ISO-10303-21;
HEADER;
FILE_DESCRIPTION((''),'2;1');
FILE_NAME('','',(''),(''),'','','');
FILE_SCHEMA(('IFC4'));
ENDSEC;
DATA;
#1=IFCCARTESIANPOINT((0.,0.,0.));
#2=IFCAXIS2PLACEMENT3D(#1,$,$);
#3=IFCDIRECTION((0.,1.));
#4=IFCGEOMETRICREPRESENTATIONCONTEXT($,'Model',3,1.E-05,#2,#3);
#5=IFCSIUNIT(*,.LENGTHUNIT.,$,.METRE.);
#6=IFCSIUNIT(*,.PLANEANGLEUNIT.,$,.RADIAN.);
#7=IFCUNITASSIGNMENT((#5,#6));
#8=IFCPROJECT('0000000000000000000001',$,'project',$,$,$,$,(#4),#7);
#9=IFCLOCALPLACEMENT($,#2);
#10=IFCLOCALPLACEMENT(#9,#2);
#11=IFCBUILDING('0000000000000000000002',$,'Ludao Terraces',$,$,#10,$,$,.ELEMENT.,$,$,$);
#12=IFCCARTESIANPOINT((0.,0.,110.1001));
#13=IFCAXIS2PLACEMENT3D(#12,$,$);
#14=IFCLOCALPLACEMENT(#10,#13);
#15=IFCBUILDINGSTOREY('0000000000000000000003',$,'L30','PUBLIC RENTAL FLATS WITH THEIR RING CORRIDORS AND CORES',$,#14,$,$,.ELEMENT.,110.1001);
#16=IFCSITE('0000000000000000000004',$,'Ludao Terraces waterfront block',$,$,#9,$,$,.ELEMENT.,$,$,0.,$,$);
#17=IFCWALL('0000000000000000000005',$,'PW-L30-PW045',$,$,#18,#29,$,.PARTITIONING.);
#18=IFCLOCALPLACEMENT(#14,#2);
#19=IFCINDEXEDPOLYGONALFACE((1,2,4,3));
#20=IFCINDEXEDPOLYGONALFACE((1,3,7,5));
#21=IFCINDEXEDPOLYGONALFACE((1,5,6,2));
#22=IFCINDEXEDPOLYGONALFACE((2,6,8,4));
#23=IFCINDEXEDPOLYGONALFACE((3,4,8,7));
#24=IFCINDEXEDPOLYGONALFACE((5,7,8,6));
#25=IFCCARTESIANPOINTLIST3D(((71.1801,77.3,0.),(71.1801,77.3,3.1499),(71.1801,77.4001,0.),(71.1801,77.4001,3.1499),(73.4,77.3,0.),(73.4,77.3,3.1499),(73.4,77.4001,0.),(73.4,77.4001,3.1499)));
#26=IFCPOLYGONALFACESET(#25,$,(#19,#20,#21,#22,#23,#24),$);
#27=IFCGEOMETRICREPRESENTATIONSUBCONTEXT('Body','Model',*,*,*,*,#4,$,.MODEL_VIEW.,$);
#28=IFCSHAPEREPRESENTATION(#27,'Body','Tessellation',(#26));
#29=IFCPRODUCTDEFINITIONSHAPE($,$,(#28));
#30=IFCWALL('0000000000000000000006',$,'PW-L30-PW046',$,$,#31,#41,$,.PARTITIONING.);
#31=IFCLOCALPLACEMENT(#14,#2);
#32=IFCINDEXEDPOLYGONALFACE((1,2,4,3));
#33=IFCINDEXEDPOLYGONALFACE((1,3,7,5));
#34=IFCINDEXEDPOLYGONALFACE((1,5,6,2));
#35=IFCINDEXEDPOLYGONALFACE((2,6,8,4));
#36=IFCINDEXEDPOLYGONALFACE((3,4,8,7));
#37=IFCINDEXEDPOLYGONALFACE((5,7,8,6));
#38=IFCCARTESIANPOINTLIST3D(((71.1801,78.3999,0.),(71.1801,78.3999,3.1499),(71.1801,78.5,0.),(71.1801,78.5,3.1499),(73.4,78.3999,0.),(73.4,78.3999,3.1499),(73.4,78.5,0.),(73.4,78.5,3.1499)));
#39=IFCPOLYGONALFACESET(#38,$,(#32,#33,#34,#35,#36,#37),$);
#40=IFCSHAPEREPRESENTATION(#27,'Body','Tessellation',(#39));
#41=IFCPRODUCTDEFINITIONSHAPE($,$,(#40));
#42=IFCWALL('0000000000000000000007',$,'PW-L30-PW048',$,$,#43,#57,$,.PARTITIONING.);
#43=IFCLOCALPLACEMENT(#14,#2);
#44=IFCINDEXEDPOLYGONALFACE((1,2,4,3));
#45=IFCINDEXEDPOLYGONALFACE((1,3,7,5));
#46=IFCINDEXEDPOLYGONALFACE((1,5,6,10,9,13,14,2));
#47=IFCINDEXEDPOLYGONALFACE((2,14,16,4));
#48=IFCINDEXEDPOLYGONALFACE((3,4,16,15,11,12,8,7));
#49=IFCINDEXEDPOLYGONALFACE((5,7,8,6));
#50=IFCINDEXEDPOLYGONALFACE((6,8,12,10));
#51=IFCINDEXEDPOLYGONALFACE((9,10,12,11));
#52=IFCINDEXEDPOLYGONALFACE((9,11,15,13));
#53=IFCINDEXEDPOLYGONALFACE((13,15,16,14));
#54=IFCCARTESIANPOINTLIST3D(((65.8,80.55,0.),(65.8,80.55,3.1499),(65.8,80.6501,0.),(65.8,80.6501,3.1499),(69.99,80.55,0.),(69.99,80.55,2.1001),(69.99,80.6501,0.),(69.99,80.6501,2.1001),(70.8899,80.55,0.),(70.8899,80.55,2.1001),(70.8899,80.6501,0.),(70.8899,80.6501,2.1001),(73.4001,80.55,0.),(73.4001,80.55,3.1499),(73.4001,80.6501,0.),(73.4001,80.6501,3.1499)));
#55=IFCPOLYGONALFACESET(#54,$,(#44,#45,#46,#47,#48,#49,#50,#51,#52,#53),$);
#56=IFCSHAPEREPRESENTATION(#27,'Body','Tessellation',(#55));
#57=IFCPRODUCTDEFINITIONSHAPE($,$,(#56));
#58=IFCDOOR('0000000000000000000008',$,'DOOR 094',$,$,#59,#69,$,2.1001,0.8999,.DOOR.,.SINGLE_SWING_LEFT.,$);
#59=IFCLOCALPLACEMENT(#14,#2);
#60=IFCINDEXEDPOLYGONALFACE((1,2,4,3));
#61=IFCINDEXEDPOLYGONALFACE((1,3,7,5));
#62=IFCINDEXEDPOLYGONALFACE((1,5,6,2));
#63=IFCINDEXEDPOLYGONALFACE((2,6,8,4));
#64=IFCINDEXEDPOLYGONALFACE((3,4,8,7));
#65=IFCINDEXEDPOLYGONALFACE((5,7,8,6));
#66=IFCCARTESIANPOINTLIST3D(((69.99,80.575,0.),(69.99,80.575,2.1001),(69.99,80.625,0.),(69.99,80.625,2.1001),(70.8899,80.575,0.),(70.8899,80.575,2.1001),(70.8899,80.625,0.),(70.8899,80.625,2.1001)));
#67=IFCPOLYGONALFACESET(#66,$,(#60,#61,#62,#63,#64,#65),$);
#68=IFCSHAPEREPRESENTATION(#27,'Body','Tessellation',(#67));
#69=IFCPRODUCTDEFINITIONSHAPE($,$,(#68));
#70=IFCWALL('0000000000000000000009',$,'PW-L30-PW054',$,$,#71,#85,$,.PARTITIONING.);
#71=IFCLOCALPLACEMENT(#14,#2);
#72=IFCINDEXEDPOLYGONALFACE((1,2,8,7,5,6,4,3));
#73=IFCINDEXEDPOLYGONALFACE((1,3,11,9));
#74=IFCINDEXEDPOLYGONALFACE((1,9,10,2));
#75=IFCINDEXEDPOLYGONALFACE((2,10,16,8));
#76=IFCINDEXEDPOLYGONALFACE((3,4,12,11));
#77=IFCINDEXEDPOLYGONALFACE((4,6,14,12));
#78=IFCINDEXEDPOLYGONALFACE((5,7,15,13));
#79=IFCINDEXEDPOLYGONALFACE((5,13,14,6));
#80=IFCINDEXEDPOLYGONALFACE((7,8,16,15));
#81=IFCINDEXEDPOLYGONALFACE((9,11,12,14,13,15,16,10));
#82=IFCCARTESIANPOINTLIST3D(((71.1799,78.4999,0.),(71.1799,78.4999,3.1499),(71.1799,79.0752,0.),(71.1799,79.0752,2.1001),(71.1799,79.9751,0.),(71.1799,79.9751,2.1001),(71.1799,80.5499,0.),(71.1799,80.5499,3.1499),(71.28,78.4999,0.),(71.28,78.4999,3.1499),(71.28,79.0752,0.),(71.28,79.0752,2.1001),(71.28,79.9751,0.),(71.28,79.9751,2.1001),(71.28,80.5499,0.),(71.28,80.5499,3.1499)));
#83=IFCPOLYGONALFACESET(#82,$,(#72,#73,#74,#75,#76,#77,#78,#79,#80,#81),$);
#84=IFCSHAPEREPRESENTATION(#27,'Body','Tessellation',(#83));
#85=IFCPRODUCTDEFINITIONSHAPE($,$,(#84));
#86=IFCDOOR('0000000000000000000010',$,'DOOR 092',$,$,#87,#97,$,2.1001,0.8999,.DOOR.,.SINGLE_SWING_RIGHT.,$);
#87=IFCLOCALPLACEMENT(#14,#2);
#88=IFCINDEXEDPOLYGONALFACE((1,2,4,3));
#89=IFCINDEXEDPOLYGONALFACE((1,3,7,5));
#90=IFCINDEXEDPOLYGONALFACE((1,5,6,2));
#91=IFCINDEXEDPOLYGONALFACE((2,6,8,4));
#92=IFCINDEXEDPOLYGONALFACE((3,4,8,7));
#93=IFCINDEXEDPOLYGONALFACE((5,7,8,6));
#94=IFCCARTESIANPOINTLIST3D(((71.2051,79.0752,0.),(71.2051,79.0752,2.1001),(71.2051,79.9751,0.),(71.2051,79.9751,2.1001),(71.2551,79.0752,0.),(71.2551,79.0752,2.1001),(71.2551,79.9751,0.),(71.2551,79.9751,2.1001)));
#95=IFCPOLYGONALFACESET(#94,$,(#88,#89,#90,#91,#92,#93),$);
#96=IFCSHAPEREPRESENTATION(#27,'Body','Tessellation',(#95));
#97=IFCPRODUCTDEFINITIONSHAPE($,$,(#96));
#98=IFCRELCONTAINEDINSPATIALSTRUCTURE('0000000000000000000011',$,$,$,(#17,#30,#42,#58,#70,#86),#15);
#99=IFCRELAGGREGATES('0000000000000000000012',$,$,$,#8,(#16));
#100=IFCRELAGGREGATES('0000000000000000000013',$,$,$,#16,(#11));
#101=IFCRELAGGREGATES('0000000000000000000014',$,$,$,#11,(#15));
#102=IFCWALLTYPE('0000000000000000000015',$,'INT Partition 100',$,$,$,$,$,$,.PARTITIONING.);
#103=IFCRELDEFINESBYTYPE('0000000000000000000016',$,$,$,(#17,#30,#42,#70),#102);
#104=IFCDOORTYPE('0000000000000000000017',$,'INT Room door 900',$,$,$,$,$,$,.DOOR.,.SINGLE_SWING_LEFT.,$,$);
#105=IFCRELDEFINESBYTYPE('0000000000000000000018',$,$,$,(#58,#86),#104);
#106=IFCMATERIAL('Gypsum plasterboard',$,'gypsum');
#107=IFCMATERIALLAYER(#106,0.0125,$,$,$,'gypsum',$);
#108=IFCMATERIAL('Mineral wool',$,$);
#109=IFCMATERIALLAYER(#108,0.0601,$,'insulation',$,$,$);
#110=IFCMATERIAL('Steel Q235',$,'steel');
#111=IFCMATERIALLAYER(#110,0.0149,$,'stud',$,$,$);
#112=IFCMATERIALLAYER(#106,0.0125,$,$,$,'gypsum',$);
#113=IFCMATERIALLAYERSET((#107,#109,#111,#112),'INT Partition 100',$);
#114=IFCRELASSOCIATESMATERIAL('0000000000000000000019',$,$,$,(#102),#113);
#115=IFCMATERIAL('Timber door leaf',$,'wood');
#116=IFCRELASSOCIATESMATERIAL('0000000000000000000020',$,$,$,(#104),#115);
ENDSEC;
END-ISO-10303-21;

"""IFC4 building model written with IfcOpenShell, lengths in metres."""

from ifc_helpers import new_model, si_unit, direction, frame, frame_2d, origin, place, context, subcontext, project, spatial, rectangle, extrude, material, layer, layer_set, type_object, element, fill, save


model = new_model("IFC4")

# Units and contexts
model_context = context("Model", 3, precision=1e-05, world=origin(), true_north=direction((0.0, 1.0)))
body_context = subcontext(model_context, "Body", "Model", "MODEL_VIEW")
ifc_project = project(units=[si_unit("LENGTHUNIT", "METRE"), si_unit("PLANEANGLEUNIT", "RADIAN")], contexts=[model_context])

# Site, building, storey
site_placement = place(None, origin())
site = spatial("IfcSite", under=ifc_project, at=site_placement, Name="Ludao Terraces waterfront block", CompositionType="ELEMENT", RefElevation=0.0)
building_placement = place(site_placement, origin())
building = spatial("IfcBuilding", under=site, at=building_placement, Name="Ludao Terraces", CompositionType="ELEMENT")
storey_placement = place(building_placement, frame((0.0, 0.0, 110.1001)))
storey = spatial("IfcBuildingStorey", under=building, at=storey_placement, Name="L30", Description="PUBLIC RENTAL FLATS WITH THEIR RING CORRIDORS AND CORES", CompositionType="ELEMENT", Elevation=110.1001)

# Shared definitions
ifc_material_1 = material(Name="Steel Q235", Category="steel")

# Shared definitions
ifc_material_2 = material(Name="Mineral wool")

# Walls
ifc_material_3 = material(Name="Gypsum plasterboard", Category="gypsum")
ifc_layer_1 = layer(ifc_material_3, 0.0125, Category="gypsum")
ifc_layer_2 = layer(ifc_material_2, 0.0601, Name="insulation")
ifc_layer_3 = layer(ifc_material_1, 0.0149, Name="stud")
ifc_layer_4 = layer(ifc_material_3, 0.0125, Category="gypsum")
ifc_layer_set_1 = layer_set([ifc_layer_1, ifc_layer_2, ifc_layer_3, ifc_layer_4], Name="INT Partition 100")
wall_type_1 = type_object("IfcWallType", Name="INT Partition 100", PredefinedType="PARTITIONING", material=ifc_layer_set_1)
for number, where, z_axis, x_axis, name in (
    (1, (71.1802, 77.3501, 0.0), (0.0, 0.0, 1.0), (1.0, 0.0, 0.0), "PW-L30-PW045"),
    (2, (71.1802, 78.45, 0.0), (0.0, 0.0, 1.0), (1.0, 0.0, 0.0), "PW-L30-PW046"),
):
    element("IfcWall", number, at=place(storey_placement, frame(where, z_axis=z_axis, x_axis=x_axis)), inside=storey, type_object=wall_type_1, Name=name, PredefinedType="PARTITIONING", context=body_context, shape_type="SweptSolid", body=[
        extrude(rectangle(XDim=2.22, YDim=0.1001, at=frame_2d((1.1099, 0.0))), origin(), (0.0, 0.0, 1.0), 3.1499),
    ])

# Walls, openings, doors
wall_1_placement = place(storey_placement, frame((65.8, 80.6001, 0.0), z_axis=(0.0, 0.0, 1.0), x_axis=(1.0, 0.0, 0.0)))
wall_1 = element("IfcWall", 3, at=wall_1_placement, inside=storey, type_object=wall_type_1, Name="PW-L30-PW048", PredefinedType="PARTITIONING", context=body_context, shape_type="SweptSolid", body=[
    extrude(rectangle(XDim=7.6001, YDim=0.1001, at=frame_2d((3.8, 0.0))), origin(), (0.0, 0.0, 1.0), 3.1499),
])
opening_1_placement = place(wall_1_placement, frame((4.1899, 0.0, 0.0)))
opening_1 = element("IfcOpeningElement", 4, at=opening_1_placement, cuts=wall_1, PredefinedType="OPENING", context=body_context, shape_type="SweptSolid", body=[
    extrude(rectangle(XDim=0.8999, YDim=2.1001, at=frame_2d((0.45, 1.05))), frame((0.0, 0.0601, 0.0), z_axis=(0.0, -1.0, 0.0), x_axis=(1.0, 0.0, 0.0)), (0.0, 0.0, 1.0), 0.1201),
])
ifc_material_4 = material(Name="Timber door leaf", Category="wood")
door_type_1 = type_object("IfcDoorType", Name="INT Room door 900", OperationType="SINGLE_SWING_LEFT", PredefinedType="DOOR", material=ifc_material_4)
door_1_placement = place(opening_1_placement, origin())
door_1 = element("IfcDoor", 5, at=door_1_placement, inside=storey, type_object=door_type_1, Name="DOOR 094", OperationType="SINGLE_SWING_LEFT", OverallHeight=2.1001, OverallWidth=0.8999, PredefinedType="DOOR", context=body_context, shape_type="SweptSolid", body=[
    extrude(rectangle(XDim=0.8999, YDim=2.1001, at=frame_2d((0.45, 1.05))), frame((0.0, 0.0249, 0.0), z_axis=(0.0, -1.0, 0.0), x_axis=(1.0, 0.0, 0.0)), (0.0, 0.0, 1.0), 0.05),
])
fill(opening_1, door_1)
wall_2_placement = place(storey_placement, frame((71.23, 78.5, 0.0), z_axis=(0.0, 0.0, 1.0), x_axis=(0.0, 1.0, 0.0)))
wall_2 = element("IfcWall", 6, at=wall_2_placement, inside=storey, type_object=wall_type_1, Name="PW-L30-PW054", PredefinedType="PARTITIONING", context=body_context, shape_type="SweptSolid", body=[
    extrude(rectangle(XDim=2.05, YDim=0.1001, at=frame_2d((1.0249, 0.0))), origin(), (0.0, 0.0, 1.0), 3.1499),
])
opening_2_placement = place(wall_2_placement, frame((0.5752, 0.0, 0.0)))
opening_2 = element("IfcOpeningElement", 7, at=opening_2_placement, cuts=wall_2, PredefinedType="OPENING", context=body_context, shape_type="SweptSolid", body=[
    extrude(rectangle(XDim=0.8999, YDim=2.1001, at=frame_2d((0.45, 1.05))), frame((0.0, 0.0601, 0.0), z_axis=(0.0, -1.0, 0.0), x_axis=(1.0, 0.0, 0.0)), (0.0, 0.0, 1.0), 0.1201),
])
door_2_placement = place(opening_2_placement, origin())
door_2 = element("IfcDoor", 8, at=door_2_placement, inside=storey, type_object=door_type_1, Name="DOOR 092", OperationType="SINGLE_SWING_RIGHT", OverallHeight=2.1001, OverallWidth=0.8999, PredefinedType="DOOR", context=body_context, shape_type="SweptSolid", body=[
    extrude(rectangle(XDim=0.8999, YDim=2.1001, at=frame_2d((0.45, 1.05))), frame((0.0, 0.0249, 0.0), z_axis=(0.0, -1.0, 0.0), x_axis=(1.0, 0.0, 0.0)), (0.0, 0.0, 1.0), 0.05),
])
fill(opening_2, door_2)

save(model, "model.ifc")
